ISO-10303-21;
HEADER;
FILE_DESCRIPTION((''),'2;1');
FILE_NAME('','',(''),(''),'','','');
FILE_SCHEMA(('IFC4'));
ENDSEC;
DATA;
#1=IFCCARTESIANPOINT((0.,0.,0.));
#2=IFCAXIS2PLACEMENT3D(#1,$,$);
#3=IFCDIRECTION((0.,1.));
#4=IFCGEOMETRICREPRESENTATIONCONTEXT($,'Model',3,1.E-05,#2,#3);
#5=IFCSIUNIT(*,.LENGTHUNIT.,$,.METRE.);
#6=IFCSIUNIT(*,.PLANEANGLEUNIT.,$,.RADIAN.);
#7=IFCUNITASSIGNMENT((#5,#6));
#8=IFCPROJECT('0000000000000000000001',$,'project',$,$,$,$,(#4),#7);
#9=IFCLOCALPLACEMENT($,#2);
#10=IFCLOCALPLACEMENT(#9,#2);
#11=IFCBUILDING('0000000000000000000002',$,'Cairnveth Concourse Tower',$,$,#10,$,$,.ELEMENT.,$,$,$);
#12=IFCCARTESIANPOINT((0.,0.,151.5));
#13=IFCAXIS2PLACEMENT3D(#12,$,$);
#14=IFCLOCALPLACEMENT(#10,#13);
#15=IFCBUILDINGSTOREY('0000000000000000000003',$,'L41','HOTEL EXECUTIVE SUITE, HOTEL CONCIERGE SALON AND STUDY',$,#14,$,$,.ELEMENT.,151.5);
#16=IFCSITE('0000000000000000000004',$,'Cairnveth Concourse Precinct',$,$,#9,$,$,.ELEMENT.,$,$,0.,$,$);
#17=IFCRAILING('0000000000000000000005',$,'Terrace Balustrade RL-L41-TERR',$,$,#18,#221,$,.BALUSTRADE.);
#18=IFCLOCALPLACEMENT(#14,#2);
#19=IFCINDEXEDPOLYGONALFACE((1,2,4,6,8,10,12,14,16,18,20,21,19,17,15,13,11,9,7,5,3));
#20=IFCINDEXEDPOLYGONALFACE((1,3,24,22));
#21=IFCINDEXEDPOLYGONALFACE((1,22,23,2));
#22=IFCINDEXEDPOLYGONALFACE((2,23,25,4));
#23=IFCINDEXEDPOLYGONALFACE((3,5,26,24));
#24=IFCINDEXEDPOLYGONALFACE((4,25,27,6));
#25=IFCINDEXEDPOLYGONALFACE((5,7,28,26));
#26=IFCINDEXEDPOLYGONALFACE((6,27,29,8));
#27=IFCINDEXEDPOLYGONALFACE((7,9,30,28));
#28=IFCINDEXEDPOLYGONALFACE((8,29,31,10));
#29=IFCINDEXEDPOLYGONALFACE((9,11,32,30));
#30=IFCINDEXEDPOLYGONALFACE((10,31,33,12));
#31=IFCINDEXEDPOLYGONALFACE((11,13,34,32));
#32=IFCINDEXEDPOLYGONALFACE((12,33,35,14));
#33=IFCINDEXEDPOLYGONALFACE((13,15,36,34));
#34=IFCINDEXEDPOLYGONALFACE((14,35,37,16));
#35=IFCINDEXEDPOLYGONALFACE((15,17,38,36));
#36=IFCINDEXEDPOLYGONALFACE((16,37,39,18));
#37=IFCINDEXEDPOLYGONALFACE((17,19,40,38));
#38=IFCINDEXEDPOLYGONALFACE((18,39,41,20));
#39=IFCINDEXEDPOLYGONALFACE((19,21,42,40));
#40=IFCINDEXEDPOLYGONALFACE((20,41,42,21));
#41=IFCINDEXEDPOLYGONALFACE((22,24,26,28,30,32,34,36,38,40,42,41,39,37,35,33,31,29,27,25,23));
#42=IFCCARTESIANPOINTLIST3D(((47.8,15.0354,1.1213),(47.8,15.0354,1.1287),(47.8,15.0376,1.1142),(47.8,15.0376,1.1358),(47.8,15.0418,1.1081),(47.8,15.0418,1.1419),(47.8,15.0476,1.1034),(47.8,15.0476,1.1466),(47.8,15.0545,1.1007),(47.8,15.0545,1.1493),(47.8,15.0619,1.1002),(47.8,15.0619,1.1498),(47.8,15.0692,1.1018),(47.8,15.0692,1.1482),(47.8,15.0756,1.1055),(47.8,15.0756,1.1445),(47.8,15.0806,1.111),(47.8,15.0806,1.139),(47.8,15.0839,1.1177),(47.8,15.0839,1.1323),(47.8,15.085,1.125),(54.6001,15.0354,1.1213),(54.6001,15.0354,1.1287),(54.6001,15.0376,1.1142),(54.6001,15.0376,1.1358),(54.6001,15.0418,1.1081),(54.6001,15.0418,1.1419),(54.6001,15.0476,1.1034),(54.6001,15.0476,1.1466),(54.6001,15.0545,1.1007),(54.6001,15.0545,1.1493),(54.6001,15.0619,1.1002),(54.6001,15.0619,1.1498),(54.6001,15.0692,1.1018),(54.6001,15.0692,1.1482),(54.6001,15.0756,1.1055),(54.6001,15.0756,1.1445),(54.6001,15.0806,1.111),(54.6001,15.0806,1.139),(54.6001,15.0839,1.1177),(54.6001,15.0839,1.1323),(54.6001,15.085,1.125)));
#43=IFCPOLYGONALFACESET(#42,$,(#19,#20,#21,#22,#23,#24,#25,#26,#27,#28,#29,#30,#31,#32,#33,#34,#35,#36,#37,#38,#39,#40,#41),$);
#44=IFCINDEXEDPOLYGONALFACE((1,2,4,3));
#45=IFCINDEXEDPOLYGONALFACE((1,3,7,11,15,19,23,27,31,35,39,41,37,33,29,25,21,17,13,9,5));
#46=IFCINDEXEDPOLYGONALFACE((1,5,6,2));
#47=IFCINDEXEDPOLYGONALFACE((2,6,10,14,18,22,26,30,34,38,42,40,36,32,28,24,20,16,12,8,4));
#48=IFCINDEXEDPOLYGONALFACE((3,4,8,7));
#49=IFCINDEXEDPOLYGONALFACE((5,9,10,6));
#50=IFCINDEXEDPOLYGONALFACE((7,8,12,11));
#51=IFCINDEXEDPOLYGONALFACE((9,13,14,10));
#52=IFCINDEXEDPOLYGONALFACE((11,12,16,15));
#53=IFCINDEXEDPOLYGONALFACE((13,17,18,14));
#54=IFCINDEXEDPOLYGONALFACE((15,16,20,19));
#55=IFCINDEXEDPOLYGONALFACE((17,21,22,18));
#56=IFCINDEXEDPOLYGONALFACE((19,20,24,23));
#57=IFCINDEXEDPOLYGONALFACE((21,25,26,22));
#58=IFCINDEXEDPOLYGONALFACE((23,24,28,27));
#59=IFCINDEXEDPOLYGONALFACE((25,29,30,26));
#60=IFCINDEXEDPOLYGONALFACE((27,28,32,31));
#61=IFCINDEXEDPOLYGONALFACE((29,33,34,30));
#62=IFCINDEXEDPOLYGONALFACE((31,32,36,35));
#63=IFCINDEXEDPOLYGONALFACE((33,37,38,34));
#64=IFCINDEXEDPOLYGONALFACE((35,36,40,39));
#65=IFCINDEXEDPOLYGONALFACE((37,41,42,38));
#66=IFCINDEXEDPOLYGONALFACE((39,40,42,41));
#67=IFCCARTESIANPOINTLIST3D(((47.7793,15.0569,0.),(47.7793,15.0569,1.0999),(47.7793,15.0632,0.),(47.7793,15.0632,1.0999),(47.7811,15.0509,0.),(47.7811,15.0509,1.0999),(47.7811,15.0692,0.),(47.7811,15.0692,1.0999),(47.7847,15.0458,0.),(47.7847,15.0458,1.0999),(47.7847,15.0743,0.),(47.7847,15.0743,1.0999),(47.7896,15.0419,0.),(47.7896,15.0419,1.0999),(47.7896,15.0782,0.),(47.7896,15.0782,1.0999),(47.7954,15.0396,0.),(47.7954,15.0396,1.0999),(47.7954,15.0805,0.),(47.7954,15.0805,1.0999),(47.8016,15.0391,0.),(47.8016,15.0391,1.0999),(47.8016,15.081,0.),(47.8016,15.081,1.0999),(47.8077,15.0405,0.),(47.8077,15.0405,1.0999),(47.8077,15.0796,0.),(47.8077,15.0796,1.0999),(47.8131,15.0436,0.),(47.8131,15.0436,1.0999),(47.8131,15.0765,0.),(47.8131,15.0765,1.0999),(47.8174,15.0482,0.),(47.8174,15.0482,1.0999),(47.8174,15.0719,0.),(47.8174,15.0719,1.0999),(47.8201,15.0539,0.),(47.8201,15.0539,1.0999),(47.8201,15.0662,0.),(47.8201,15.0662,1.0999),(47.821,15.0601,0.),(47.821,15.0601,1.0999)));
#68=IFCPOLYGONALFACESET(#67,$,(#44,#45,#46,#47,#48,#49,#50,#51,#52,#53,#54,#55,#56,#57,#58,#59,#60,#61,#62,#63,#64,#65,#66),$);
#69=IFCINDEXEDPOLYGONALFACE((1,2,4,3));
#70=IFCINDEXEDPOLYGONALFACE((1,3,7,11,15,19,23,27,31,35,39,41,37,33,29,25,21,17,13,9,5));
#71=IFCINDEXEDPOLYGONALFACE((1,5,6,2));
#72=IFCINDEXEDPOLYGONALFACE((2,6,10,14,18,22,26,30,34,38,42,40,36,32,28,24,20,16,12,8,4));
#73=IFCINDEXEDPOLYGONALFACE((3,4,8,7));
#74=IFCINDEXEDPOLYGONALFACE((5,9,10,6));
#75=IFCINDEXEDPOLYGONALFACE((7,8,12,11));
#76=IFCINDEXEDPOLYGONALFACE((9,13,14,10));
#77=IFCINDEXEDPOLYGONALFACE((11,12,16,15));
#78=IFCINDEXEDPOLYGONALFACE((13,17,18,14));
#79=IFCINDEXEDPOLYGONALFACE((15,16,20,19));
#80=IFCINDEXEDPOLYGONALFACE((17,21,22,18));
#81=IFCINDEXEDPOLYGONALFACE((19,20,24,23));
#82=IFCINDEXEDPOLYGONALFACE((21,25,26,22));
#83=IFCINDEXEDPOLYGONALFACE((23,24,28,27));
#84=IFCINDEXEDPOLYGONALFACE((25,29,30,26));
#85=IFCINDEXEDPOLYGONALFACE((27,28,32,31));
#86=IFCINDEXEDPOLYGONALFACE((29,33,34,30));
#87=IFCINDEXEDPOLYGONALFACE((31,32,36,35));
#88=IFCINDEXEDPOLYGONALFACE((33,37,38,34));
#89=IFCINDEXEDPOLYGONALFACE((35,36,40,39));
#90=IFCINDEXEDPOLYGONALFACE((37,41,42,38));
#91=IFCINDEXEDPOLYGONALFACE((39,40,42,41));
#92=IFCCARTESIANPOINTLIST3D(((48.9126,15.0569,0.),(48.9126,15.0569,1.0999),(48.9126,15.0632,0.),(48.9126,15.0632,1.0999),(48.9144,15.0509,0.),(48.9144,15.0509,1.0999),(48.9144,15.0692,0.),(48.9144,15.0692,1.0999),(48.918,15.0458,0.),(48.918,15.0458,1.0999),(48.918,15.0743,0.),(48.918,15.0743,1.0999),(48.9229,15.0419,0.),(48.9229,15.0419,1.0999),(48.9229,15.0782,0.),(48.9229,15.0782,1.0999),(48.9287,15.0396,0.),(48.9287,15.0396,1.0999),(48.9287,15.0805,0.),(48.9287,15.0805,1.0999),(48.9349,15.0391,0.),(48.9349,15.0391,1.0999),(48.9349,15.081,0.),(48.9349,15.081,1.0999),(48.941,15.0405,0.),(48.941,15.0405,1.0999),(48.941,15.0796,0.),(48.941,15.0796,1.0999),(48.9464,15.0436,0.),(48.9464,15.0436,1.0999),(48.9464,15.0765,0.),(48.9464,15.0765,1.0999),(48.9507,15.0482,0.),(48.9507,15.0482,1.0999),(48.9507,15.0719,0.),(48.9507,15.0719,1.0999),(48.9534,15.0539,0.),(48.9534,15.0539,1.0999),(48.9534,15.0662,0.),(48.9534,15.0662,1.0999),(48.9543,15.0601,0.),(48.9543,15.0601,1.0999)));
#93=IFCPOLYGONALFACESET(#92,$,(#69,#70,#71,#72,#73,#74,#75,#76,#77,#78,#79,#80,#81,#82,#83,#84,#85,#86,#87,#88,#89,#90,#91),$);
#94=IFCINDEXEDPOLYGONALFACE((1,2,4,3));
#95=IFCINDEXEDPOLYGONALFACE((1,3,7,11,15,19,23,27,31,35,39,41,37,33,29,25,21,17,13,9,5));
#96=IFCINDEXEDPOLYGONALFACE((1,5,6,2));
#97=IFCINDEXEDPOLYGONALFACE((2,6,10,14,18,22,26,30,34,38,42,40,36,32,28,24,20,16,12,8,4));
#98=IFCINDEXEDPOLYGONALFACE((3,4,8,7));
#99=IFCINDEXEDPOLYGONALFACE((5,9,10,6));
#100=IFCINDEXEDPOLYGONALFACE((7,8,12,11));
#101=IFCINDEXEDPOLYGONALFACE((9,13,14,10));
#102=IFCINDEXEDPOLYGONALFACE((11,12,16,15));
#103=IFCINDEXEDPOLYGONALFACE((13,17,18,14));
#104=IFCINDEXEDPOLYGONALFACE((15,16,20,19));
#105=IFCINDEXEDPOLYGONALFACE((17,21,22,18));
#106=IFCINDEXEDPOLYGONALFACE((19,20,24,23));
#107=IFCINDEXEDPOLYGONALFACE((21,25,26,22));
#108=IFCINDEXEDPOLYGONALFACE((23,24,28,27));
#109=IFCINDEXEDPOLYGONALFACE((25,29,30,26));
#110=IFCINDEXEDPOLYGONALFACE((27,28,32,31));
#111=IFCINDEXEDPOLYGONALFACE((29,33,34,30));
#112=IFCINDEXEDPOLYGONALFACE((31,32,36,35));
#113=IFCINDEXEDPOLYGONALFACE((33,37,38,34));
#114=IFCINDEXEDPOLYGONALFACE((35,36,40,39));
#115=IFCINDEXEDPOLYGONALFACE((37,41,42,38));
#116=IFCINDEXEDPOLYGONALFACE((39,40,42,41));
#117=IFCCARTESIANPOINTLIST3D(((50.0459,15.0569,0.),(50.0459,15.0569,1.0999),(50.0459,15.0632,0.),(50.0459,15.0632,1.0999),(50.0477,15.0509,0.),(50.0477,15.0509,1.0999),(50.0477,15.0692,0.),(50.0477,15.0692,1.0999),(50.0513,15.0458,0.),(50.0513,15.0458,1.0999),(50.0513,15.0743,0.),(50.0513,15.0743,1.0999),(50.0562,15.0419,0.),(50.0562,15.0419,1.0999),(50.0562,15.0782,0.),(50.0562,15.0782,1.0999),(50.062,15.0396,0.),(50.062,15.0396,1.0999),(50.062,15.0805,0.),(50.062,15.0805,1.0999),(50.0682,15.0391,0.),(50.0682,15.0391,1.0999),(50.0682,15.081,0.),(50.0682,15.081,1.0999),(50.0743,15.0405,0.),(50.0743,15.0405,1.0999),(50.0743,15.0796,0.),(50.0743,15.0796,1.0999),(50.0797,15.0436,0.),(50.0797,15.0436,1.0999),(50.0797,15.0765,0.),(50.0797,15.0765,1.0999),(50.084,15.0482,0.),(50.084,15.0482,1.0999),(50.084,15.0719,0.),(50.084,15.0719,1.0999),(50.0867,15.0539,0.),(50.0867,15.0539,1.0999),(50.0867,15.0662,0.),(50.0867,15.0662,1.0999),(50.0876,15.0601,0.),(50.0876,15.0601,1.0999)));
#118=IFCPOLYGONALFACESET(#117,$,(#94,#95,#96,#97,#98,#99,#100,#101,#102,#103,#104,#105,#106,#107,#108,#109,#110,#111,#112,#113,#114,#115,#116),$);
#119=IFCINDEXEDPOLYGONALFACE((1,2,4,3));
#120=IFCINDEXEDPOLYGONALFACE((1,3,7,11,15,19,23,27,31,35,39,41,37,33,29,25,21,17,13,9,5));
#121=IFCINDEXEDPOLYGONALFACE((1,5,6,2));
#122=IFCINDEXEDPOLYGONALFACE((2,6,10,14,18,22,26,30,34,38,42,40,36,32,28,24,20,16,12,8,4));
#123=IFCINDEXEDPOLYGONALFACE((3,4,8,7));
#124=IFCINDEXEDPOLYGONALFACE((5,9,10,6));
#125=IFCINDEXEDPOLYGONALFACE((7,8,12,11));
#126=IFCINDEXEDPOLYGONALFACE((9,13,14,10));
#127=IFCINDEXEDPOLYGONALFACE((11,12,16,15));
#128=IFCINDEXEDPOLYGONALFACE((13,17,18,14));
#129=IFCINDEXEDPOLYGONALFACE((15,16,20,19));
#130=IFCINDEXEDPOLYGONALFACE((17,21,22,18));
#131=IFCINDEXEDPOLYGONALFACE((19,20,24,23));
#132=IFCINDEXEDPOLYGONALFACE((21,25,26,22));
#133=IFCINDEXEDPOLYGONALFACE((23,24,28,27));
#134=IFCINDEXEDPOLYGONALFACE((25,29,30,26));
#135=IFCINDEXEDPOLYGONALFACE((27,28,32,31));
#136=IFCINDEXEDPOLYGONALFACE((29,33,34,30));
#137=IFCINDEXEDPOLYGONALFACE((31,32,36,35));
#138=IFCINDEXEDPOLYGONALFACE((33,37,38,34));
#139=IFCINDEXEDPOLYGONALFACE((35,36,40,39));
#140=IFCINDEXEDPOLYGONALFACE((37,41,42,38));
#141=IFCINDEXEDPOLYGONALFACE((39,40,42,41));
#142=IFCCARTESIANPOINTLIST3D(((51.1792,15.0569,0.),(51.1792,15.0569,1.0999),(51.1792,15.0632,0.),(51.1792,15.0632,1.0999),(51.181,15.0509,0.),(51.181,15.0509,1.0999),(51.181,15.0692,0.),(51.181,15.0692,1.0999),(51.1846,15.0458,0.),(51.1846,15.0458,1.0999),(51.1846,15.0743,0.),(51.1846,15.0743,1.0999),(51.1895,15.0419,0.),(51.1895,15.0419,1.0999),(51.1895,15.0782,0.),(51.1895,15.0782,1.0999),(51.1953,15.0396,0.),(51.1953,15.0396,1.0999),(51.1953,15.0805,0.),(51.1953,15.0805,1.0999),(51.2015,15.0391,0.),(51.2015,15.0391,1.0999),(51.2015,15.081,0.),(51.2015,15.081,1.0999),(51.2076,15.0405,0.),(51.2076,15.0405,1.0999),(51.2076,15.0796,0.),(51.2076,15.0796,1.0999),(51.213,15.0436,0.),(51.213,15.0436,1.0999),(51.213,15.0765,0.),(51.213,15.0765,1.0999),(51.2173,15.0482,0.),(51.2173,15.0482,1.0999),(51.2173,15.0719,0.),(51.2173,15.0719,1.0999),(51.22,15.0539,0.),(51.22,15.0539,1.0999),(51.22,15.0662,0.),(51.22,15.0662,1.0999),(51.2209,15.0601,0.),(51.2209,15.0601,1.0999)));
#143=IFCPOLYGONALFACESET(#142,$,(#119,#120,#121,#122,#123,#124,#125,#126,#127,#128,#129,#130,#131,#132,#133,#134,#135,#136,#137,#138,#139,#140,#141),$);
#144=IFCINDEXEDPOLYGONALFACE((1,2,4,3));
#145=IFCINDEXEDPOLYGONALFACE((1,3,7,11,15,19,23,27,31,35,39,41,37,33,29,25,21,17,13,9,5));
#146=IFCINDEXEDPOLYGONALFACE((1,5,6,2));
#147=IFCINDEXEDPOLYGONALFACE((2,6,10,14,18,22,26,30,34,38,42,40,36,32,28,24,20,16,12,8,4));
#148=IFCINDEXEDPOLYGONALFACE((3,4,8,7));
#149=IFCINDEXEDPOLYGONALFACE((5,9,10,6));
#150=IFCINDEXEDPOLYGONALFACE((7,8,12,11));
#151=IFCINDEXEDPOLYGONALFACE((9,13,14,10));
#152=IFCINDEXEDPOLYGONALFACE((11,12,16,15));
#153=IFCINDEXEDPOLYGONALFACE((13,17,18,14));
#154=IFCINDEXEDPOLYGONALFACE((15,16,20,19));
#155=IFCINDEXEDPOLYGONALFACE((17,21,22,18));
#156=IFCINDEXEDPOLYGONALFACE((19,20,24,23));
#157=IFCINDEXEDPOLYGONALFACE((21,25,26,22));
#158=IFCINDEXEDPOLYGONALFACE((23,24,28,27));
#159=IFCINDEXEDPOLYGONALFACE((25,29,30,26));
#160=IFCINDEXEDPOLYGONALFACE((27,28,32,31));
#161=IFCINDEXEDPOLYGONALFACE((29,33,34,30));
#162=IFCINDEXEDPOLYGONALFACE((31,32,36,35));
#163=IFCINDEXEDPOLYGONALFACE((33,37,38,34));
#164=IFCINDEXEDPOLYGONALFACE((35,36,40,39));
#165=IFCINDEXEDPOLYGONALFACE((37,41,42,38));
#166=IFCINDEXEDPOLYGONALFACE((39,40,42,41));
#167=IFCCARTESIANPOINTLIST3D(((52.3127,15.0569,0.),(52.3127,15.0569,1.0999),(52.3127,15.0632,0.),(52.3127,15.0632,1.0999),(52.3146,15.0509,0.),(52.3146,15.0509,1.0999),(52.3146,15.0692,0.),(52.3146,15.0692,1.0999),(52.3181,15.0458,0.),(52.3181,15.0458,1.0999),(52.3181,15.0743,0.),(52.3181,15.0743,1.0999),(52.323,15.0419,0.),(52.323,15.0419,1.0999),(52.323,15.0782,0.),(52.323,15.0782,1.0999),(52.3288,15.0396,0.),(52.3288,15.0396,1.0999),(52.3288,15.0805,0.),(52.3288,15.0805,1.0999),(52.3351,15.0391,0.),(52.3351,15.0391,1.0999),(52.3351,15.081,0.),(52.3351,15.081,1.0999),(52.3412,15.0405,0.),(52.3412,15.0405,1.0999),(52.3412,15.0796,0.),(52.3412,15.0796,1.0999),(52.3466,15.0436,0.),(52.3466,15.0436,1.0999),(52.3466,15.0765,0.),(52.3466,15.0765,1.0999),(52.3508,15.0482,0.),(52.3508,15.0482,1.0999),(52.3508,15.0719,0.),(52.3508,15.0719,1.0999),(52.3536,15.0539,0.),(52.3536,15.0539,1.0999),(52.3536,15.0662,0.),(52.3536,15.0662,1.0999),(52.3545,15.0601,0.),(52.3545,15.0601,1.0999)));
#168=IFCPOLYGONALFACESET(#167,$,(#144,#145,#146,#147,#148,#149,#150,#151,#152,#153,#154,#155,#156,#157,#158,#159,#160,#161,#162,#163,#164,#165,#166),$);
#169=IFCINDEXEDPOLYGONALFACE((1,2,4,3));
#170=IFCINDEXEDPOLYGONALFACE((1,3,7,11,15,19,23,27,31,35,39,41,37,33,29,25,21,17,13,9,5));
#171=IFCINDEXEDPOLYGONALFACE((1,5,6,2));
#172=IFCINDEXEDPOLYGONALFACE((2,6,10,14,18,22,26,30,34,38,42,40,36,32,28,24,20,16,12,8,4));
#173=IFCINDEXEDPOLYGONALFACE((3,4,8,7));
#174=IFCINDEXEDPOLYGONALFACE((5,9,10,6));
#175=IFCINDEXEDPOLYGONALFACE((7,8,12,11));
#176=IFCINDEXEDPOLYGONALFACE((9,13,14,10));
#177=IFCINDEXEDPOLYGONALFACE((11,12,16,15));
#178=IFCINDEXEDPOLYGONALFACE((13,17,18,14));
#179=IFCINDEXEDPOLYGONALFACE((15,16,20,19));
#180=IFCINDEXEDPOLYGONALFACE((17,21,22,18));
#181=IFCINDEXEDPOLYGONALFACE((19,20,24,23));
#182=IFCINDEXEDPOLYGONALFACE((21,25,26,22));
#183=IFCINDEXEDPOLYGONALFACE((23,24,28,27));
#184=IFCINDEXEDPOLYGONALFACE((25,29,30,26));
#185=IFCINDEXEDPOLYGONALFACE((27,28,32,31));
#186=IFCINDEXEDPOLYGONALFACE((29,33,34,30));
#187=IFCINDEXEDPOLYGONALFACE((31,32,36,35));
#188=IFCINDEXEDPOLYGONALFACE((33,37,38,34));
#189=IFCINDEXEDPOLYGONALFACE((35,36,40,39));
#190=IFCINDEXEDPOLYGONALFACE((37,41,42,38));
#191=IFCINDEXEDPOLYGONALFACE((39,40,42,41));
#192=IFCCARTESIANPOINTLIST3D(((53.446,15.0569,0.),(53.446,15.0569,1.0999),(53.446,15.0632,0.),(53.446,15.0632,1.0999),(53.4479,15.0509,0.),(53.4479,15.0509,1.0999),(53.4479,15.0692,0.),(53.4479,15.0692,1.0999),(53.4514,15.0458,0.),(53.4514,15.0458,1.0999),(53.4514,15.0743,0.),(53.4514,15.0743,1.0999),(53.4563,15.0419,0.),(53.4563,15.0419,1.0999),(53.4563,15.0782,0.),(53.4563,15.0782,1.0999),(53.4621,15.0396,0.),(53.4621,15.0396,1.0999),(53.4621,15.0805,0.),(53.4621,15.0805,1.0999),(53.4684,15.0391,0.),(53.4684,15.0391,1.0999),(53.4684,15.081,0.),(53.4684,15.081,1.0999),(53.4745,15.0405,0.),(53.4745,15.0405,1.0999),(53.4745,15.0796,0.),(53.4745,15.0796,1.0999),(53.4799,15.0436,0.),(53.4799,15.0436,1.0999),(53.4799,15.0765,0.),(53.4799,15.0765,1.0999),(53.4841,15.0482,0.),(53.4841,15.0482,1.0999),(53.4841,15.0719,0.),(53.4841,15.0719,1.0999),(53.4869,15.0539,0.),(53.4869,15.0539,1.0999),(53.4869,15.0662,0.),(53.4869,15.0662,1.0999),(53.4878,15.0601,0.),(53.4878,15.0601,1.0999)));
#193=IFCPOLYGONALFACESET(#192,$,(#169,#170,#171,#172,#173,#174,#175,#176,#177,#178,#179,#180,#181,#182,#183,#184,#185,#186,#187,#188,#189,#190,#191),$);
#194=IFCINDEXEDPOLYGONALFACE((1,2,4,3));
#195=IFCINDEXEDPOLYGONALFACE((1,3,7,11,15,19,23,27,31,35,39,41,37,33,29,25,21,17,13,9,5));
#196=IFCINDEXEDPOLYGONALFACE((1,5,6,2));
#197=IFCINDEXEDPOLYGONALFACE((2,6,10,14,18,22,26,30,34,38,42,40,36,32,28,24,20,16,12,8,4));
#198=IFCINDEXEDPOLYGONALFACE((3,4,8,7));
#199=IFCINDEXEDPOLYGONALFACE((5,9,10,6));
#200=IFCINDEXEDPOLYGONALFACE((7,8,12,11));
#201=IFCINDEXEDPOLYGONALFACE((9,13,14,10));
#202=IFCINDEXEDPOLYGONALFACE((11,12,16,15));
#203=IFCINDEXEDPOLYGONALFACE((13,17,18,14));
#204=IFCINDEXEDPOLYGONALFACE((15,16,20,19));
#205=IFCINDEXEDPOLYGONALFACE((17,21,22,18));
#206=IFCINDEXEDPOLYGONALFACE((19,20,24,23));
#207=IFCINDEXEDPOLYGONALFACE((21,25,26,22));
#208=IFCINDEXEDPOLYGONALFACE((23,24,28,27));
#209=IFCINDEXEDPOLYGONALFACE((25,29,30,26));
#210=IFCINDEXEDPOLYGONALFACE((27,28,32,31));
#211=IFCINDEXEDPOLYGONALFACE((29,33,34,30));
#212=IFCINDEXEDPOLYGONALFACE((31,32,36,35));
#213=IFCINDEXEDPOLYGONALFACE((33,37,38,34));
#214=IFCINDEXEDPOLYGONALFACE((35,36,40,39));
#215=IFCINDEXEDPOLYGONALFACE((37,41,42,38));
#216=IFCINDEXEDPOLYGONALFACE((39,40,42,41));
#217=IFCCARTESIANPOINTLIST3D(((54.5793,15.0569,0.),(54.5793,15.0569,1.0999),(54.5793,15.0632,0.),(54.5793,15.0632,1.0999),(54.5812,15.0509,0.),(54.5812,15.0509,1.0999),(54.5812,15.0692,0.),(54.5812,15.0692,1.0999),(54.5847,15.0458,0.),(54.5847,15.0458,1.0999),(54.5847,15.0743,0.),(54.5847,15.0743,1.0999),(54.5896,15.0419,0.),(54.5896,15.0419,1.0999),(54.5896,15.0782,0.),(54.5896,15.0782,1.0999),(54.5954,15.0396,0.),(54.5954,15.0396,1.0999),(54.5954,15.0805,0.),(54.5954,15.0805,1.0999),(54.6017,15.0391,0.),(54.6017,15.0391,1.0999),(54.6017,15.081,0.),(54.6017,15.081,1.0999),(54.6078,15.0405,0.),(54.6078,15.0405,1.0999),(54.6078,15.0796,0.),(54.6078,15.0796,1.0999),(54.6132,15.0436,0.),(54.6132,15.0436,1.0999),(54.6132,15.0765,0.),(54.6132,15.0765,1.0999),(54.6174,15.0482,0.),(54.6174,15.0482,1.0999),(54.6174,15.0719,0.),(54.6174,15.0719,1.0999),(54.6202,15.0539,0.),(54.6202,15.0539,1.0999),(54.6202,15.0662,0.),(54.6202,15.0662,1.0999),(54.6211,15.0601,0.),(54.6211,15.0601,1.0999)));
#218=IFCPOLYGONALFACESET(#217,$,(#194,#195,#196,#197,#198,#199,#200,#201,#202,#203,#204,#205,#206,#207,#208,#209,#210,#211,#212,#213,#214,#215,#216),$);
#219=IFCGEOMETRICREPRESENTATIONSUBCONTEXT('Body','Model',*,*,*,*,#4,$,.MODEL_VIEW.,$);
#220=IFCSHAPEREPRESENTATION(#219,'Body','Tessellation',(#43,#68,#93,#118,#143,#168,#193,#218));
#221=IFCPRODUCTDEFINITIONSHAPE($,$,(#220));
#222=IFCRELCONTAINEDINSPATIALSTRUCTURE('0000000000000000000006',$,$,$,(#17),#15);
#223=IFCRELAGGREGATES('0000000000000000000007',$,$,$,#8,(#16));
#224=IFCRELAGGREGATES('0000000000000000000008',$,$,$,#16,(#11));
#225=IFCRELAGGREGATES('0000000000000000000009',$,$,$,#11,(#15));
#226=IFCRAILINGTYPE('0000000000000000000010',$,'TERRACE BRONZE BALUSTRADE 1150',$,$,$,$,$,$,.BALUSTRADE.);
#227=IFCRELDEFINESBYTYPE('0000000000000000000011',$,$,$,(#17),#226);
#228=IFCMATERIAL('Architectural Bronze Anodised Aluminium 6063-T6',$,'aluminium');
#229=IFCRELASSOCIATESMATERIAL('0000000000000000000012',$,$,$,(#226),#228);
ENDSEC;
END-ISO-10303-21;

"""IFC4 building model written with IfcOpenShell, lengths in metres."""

from ifc_helpers import new_model, si_unit, direction, frame, origin, origin_2d, place, context, subcontext, project, spatial, circle, extrude, material, type_object, element, save


model = new_model("IFC4")

# Units and contexts
model_context = context("Model", 3, precision=1e-05, world=origin(), true_north=direction((0.0, 1.0)))
body_context = subcontext(model_context, "Body", "Model", "MODEL_VIEW")
ifc_project = project(units=[si_unit("LENGTHUNIT", "METRE"), si_unit("PLANEANGLEUNIT", "RADIAN")], contexts=[model_context])

# Site, building, storey
site_placement = place(None, origin())
site = spatial("IfcSite", under=ifc_project, at=site_placement, Name="Cairnveth Concourse Precinct", CompositionType="ELEMENT", RefElevation=0.0)
building_placement = place(site_placement, origin())
building = spatial("IfcBuilding", under=site, at=building_placement, Name="Cairnveth Concourse Tower", CompositionType="ELEMENT")
storey_placement = place(building_placement, frame((0.0, 0.0, 151.5)))
storey = spatial("IfcBuildingStorey", under=building, at=storey_placement, Name="L41", Description="HOTEL EXECUTIVE SUITE, HOTEL CONCIERGE SALON AND STUDY", CompositionType="ELEMENT", Elevation=151.5)

# Shared definitions
ifc_material_1 = material(Name="Architectural Bronze Anodised Aluminium 6063-T6", Category="aluminium")

# Railing
railing_type = type_object("IfcRailingType", Name="TERRACE BRONZE BALUSTRADE 1150", PredefinedType="BALUSTRADE", material=ifc_material_1)
railing_placement = place(storey_placement, frame((47.8, 15.0601, 0.0)))
element("IfcRailing", 1, at=railing_placement, inside=storey, type_object=railing_type, Name="Terrace Balustrade RL-L41-TERR", PredefinedType="BALUSTRADE", context=body_context, shape_type="SweptSolid", body=[
    extrude(circle(Radius=0.0249, at=origin_2d()), frame((0.0, 0.0, 1.125), z_axis=(1.0, 0.0, 0.0), x_axis=(0.0, 1.0, 0.0)), (0.0, 0.0, 1.0), 6.8),
    extrude(circle(Radius=0.021, at=origin_2d()), origin(), (0.0, 0.0, 1.0), 1.0999),
    extrude(circle(Radius=0.021, at=origin_2d()), frame((1.1333, 0.0, 0.0)), (0.0, 0.0, 1.0), 1.0999),
    extrude(circle(Radius=0.021, at=origin_2d()), frame((2.2666, 0.0, 0.0)), (0.0, 0.0, 1.0), 1.0999),
    extrude(circle(Radius=0.021, at=origin_2d()), frame((3.3999, 0.0, 0.0)), (0.0, 0.0, 1.0), 1.0999),
    extrude(circle(Radius=0.021, at=origin_2d()), frame((4.5334, 0.0, 0.0)), (0.0, 0.0, 1.0), 1.0999),
    extrude(circle(Radius=0.021, at=origin_2d()), frame((5.6667, 0.0, 0.0)), (0.0, 0.0, 1.0), 1.0999),
    extrude(circle(Radius=0.021, at=origin_2d()), frame((6.8, 0.0, 0.0)), (0.0, 0.0, 1.0), 1.0999),
])

save(model, "model.ifc")
